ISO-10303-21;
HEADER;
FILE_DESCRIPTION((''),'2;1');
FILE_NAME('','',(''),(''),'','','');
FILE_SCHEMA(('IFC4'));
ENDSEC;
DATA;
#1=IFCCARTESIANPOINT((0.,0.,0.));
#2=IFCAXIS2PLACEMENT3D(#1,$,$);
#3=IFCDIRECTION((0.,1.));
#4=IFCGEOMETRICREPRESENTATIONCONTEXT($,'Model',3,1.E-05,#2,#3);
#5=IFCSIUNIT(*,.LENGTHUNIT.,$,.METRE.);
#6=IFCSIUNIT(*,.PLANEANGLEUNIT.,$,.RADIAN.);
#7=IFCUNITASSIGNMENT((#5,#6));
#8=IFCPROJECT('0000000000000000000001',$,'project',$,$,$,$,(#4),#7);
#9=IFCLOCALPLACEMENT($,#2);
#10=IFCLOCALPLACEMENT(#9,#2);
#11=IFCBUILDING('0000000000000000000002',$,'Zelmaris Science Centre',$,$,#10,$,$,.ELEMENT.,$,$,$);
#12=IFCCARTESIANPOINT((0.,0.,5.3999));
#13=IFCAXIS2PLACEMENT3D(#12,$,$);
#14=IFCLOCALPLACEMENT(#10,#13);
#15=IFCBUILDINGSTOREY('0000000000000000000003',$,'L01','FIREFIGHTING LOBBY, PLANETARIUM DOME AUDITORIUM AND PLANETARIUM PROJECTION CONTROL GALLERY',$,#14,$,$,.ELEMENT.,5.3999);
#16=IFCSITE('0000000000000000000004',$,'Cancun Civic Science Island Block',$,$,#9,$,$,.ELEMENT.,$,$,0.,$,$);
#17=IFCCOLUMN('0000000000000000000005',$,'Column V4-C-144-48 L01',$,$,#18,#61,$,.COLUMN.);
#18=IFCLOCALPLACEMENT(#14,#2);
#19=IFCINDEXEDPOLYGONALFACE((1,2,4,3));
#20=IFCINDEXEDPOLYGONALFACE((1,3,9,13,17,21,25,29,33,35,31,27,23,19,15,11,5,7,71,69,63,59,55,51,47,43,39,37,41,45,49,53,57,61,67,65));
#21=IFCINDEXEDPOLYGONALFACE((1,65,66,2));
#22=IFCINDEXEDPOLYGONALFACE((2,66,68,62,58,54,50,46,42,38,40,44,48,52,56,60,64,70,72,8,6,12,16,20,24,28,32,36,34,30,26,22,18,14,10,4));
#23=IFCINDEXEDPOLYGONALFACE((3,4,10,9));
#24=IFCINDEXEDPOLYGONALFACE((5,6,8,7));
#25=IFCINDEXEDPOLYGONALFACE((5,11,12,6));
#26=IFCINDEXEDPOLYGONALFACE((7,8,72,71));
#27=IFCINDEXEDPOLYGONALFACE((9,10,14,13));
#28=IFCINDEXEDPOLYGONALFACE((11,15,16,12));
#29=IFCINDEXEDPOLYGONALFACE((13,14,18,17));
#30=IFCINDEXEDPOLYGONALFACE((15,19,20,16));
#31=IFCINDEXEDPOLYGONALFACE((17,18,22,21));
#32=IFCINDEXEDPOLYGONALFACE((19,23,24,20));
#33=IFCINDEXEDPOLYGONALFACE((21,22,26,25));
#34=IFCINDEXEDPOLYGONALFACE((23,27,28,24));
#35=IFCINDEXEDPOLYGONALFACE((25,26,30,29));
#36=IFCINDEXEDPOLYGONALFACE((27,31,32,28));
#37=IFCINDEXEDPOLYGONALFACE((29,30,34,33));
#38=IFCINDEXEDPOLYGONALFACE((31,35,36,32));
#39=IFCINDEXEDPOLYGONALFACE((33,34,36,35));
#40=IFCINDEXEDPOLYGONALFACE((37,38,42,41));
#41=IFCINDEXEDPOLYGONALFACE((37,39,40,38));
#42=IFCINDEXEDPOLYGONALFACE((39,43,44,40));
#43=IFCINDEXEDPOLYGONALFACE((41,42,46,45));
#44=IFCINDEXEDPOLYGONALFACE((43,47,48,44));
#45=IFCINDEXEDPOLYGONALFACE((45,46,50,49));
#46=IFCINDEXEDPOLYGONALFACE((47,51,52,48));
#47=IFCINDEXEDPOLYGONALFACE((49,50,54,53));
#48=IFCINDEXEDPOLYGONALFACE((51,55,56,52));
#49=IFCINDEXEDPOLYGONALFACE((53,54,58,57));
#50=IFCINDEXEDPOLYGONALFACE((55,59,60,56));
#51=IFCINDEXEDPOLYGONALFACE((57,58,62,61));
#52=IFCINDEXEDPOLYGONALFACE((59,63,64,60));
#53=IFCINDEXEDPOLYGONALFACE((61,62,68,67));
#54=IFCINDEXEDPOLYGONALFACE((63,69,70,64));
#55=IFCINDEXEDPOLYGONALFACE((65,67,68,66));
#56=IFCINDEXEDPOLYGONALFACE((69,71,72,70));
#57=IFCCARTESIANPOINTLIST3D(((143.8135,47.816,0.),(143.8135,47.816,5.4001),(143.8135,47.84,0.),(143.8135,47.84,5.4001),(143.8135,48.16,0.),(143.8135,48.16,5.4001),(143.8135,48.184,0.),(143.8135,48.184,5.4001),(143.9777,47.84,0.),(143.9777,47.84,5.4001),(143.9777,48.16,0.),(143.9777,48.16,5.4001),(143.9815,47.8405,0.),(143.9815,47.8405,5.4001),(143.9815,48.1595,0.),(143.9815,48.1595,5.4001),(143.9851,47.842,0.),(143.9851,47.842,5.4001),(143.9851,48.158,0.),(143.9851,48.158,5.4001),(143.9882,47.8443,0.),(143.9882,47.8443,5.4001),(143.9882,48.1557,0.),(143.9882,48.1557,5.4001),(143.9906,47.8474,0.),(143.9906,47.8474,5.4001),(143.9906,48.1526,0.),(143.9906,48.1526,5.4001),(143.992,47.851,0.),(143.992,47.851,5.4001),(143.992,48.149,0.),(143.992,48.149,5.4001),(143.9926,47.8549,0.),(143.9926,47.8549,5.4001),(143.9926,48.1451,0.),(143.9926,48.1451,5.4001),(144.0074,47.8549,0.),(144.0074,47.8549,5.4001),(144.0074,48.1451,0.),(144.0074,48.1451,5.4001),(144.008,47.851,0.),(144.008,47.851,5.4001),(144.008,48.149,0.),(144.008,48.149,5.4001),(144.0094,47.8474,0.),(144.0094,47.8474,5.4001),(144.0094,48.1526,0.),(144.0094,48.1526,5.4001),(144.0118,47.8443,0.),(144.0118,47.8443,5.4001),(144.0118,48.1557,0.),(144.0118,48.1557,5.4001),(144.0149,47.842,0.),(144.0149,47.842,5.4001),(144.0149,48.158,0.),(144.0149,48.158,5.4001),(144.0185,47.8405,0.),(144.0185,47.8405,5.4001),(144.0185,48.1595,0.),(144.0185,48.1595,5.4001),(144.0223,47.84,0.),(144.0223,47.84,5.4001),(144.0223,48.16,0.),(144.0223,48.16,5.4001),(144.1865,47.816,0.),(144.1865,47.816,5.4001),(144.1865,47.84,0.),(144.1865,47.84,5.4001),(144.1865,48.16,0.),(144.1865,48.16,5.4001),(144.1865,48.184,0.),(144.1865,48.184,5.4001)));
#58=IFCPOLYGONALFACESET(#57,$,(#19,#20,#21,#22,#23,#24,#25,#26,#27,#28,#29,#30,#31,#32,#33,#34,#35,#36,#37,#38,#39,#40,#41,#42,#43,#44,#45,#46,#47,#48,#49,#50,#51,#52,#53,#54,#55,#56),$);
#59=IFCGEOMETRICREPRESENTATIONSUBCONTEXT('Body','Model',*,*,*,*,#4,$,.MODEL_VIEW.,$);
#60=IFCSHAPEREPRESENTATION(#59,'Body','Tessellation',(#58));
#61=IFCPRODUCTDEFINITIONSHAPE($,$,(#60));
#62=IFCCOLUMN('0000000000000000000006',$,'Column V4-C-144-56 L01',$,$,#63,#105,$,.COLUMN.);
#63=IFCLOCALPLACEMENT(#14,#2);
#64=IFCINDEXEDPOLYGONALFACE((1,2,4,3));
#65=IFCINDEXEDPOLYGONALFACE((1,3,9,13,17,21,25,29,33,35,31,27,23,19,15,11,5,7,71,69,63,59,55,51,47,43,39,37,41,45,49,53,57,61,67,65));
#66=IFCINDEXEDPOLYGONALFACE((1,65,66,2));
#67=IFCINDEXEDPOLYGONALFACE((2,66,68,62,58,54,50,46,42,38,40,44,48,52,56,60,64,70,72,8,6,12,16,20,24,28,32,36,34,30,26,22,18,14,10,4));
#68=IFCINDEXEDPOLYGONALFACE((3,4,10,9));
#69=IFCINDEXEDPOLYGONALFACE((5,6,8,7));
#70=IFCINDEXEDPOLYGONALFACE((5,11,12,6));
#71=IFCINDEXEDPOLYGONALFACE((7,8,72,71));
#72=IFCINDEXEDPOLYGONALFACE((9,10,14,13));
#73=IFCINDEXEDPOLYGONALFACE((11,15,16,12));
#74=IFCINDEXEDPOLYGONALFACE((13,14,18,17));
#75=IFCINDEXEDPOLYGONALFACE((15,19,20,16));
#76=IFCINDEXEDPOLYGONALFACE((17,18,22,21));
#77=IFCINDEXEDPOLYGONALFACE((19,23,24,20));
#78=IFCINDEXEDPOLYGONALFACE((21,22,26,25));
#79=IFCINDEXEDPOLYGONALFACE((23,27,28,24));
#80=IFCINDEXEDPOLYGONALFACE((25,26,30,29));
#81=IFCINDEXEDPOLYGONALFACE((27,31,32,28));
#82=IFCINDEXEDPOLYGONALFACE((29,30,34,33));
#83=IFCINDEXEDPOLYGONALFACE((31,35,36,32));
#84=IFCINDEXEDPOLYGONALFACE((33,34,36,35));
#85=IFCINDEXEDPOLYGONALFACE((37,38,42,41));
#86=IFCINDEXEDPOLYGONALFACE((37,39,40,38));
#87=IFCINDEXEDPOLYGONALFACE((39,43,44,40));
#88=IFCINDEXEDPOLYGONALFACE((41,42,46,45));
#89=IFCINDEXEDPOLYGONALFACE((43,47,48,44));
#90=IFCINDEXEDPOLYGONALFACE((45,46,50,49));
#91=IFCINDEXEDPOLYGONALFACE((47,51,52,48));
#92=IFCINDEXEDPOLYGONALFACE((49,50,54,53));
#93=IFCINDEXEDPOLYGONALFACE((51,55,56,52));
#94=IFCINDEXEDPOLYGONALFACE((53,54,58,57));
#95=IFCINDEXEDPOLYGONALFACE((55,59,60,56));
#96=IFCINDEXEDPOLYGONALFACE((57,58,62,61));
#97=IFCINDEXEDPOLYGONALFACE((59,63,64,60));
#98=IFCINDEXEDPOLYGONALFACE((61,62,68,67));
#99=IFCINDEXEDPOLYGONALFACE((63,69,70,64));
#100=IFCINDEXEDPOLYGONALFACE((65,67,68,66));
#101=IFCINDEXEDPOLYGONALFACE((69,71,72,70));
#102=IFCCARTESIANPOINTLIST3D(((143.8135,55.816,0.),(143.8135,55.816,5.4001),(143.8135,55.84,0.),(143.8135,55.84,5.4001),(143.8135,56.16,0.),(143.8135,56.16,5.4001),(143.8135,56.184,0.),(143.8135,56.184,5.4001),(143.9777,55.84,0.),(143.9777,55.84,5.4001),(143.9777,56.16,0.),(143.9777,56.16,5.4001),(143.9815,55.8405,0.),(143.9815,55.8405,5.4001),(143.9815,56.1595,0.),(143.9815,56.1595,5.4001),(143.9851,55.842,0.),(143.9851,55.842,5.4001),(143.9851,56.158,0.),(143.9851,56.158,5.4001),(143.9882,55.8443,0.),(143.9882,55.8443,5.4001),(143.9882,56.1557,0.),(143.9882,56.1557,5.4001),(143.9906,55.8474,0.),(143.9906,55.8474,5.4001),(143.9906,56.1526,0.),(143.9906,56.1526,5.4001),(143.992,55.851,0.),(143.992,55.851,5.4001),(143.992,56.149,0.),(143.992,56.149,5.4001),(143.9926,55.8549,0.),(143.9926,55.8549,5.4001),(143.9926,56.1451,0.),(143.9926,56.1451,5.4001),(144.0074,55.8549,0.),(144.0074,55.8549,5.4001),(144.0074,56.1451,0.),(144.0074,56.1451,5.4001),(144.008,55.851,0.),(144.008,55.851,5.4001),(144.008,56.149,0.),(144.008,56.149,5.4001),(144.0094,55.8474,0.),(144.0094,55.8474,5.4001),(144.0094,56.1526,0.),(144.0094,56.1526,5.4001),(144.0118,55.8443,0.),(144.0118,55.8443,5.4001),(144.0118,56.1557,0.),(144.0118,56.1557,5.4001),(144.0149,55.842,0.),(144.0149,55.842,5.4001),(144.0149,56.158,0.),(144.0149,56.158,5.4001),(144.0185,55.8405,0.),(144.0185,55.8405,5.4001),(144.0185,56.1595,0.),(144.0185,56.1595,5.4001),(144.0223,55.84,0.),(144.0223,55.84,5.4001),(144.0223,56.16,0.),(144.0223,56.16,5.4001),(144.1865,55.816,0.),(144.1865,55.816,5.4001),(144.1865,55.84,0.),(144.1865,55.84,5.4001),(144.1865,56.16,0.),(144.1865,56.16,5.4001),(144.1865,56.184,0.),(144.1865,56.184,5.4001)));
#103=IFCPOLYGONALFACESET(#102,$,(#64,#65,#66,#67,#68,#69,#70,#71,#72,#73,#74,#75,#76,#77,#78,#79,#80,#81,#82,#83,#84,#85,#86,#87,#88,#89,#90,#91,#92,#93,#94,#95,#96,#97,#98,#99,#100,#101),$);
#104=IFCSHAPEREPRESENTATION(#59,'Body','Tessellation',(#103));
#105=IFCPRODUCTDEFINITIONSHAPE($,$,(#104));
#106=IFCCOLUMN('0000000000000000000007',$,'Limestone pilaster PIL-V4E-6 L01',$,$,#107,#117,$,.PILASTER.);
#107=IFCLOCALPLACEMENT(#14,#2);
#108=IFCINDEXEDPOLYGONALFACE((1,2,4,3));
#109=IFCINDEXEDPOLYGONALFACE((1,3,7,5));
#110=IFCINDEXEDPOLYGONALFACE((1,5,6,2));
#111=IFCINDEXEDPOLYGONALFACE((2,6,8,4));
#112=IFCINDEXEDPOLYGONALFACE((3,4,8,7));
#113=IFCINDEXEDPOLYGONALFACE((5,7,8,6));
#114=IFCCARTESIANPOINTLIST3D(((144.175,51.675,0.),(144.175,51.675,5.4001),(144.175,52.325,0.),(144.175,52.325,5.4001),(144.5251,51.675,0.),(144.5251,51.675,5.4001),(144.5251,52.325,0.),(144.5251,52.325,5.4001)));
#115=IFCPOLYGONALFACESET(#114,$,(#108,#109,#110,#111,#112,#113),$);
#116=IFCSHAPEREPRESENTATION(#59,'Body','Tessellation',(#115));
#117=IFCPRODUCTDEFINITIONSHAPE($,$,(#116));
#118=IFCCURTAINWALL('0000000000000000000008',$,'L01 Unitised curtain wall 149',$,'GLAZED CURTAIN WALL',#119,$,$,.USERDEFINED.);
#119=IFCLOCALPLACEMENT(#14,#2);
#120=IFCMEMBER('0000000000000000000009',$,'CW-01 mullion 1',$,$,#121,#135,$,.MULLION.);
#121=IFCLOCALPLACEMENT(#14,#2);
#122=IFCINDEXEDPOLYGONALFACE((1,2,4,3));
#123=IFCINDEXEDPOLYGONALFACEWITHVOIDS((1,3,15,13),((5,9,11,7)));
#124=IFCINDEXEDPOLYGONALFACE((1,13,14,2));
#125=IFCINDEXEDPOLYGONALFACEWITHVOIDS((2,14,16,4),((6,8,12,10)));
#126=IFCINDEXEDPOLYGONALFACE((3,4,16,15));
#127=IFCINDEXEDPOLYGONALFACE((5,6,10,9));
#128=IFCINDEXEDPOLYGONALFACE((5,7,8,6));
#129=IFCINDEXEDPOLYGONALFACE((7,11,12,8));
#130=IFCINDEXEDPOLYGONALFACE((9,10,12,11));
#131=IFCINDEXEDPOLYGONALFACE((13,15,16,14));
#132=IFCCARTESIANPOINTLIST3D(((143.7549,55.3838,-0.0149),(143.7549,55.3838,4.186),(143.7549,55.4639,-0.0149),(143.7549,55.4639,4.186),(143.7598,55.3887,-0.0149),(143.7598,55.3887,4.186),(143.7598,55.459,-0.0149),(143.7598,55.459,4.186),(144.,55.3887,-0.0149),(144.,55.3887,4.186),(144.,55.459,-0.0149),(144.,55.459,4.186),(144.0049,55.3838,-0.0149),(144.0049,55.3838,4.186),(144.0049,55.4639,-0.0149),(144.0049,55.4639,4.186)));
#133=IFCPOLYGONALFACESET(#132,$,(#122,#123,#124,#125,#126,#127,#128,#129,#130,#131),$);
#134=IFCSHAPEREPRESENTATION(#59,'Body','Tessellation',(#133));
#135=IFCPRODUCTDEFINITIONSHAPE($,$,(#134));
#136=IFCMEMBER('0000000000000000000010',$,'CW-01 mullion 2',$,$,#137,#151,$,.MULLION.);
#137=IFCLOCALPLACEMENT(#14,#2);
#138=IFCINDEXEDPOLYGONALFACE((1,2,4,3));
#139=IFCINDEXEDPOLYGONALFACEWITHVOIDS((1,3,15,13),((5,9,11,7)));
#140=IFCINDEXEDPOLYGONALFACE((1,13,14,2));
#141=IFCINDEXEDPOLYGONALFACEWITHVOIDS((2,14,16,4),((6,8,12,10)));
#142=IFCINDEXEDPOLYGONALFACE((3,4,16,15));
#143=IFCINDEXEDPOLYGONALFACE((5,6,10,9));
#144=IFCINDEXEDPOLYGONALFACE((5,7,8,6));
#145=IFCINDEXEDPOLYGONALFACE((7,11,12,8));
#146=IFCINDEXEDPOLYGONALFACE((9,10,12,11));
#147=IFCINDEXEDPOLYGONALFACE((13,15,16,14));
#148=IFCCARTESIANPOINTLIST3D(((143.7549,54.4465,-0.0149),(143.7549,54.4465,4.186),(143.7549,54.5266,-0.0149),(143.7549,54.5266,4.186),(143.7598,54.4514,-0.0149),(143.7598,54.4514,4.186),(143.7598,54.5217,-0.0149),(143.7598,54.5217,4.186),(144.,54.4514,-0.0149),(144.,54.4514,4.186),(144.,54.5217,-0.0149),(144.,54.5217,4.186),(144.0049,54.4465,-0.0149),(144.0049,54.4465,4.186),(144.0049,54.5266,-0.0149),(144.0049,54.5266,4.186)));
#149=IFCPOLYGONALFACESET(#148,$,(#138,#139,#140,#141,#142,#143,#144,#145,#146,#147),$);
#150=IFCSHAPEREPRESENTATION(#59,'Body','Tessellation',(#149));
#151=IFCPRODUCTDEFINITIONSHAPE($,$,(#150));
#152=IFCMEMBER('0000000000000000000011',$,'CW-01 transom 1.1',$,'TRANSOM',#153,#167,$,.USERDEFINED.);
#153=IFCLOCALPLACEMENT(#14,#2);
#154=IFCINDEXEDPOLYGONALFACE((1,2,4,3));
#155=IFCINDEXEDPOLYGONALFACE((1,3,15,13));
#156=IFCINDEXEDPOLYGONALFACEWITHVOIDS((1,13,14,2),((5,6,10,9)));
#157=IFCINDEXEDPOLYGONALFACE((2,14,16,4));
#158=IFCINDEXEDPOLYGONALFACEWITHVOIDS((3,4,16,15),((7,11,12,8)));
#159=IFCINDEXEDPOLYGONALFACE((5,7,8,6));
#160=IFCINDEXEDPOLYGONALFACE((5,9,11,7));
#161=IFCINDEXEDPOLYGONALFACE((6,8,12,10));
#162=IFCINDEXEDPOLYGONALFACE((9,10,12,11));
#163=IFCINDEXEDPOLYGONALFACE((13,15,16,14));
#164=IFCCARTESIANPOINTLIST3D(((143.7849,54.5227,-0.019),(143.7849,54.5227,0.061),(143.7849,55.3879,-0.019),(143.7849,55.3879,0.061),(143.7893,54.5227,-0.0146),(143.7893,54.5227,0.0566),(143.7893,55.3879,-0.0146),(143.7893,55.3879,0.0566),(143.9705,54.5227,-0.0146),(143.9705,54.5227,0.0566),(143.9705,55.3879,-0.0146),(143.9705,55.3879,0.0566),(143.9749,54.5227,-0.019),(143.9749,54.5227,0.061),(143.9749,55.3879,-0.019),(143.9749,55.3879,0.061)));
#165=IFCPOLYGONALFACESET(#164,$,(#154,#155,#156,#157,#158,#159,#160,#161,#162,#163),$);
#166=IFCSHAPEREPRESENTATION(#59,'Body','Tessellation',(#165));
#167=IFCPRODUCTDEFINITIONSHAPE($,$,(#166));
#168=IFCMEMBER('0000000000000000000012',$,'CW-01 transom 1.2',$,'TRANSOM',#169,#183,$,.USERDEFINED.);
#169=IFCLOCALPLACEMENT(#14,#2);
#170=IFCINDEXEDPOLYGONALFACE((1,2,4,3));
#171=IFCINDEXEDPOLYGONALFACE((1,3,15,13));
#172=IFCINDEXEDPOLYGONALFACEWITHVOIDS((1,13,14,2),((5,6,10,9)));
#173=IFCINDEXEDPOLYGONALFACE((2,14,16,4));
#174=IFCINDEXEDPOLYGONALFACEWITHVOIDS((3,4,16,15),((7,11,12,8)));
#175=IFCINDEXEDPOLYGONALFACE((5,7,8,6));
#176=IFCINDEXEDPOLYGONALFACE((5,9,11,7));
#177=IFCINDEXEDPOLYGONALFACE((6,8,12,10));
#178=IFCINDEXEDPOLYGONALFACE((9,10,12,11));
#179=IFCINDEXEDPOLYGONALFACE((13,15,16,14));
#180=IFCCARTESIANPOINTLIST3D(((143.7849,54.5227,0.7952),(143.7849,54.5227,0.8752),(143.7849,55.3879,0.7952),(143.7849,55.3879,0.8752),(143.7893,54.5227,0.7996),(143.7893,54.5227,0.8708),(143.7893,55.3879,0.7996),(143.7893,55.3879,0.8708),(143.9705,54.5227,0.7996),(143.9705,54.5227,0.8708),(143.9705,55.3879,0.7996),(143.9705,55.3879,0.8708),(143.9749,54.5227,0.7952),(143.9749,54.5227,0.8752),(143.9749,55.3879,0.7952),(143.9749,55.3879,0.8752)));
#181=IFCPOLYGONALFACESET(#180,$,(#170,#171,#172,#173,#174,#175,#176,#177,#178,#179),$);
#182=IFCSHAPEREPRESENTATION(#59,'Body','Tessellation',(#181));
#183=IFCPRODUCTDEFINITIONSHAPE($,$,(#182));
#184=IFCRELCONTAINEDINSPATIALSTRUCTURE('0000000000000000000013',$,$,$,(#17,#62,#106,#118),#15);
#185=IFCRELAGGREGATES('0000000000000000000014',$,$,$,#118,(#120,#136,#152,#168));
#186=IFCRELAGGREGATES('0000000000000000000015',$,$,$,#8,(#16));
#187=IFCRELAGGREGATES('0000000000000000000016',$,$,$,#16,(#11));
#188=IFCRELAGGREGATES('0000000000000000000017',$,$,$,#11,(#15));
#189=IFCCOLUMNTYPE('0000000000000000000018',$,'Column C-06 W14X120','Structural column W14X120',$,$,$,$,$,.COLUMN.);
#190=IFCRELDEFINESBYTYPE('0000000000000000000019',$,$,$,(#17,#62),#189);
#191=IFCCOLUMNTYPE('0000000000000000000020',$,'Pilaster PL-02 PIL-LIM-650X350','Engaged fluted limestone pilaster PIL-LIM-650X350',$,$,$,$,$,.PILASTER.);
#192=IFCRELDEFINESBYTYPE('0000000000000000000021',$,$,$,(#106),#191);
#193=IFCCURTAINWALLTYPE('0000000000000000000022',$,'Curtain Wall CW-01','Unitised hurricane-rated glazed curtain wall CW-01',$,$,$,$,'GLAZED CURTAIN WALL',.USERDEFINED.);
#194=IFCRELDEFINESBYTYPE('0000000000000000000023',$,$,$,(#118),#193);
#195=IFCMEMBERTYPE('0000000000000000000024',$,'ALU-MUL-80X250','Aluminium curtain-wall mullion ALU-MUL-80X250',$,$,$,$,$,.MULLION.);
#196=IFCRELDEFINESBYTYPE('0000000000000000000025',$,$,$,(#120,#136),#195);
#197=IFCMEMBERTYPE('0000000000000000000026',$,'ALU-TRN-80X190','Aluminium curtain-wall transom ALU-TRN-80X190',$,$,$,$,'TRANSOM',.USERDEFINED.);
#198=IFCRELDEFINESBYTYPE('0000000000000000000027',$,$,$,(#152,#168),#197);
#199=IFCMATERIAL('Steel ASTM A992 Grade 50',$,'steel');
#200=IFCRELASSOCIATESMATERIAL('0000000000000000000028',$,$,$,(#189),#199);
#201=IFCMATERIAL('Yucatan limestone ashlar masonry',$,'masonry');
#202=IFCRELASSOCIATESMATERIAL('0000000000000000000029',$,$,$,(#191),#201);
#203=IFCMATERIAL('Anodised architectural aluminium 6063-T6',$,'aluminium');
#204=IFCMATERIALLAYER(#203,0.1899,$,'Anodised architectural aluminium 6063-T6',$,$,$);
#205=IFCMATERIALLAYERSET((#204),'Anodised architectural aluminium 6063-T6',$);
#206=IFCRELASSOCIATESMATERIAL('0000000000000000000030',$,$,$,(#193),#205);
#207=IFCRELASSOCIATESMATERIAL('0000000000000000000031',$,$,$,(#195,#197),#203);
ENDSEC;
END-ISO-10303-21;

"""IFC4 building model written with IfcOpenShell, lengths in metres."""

from ifc_helpers import new_model, si_unit, direction, frame, origin, origin_2d, place, context, subcontext, project, spatial, rectangle, hollow_rectangle, i_section, extrude, material, layer, layer_set, material_profile, profile_set, type_object, element, aggregate, save


model = new_model("IFC4")

# Units and contexts
model_context = context("Model", 3, precision=1e-05, world=origin(), true_north=direction((0.0, 1.0)))
body_context = subcontext(model_context, "Body", "Model", "MODEL_VIEW")
ifc_project = project(units=[si_unit("LENGTHUNIT", "METRE"), si_unit("PLANEANGLEUNIT", "RADIAN")], contexts=[model_context])

# Site, building, storey
site_placement = place(None, origin())
site = spatial("IfcSite", under=ifc_project, at=site_placement, Name="Cancun Civic Science Island Block", CompositionType="ELEMENT", RefElevation=0.0)
building_placement = place(site_placement, origin())
building = spatial("IfcBuilding", under=site, at=building_placement, Name="Zelmaris Science Centre", CompositionType="ELEMENT")
storey_placement = place(building_placement, frame((0.0, 0.0, 5.3999)))
storey = spatial("IfcBuildingStorey", under=building, at=storey_placement, Name="L01", Description="FIREFIGHTING LOBBY, PLANETARIUM DOME AUDITORIUM AND PLANETARIUM PROJECTION CONTROL GALLERY", CompositionType="ELEMENT", Elevation=5.3999)

# Columns
ifc_material_1 = material(Name="Steel ASTM A992 Grade 50", Category="steel")
ifc_material_profile_1 = material_profile(ifc_material_1, i_section(OverallWidth=0.373, OverallDepth=0.3679, WebThickness=0.0149, FlangeThickness=0.0239, FilletRadius=0.0149, at=origin_2d()), Name="W14X120")
ifc_profile_set_1 = profile_set([ifc_material_profile_1], Name="Steel ASTM A992 Grade 50")
column_type_1 = type_object("IfcColumnType", Name="Column C-06 W14X120", Description="Structural column W14X120", PredefinedType="COLUMN", material=ifc_profile_set_1)
for number, where, z_axis, x_axis, name in (
    (1, (144.0, 48.0, 0.0), (0.0, 0.0, 1.0), (1.0, 0.0, 0.0), "Column V4-C-144-48 L01"),
    (2, (144.0, 56.0, 0.0), (0.0, 0.0, 1.0), (1.0, 0.0, 0.0), "Column V4-C-144-56 L01"),
):
    element("IfcColumn", number, at=place(storey_placement, frame(where, z_axis=z_axis, x_axis=x_axis)), inside=storey, type_object=column_type_1, Name=name, PredefinedType="COLUMN", context=body_context, shape_type="SweptSolid", body=[
        extrude(i_section(OverallWidth=0.373, OverallDepth=0.3679, WebThickness=0.0149, FlangeThickness=0.0239, FilletRadius=0.0149, at=origin_2d()), origin(), (0.0, 0.0, 1.0), 5.4001),
    ])
ifc_material_2 = material(Name="Yucatan limestone ashlar masonry", Category="masonry")
ifc_material_profile_2 = material_profile(ifc_material_2, rectangle(XDim=0.6499, YDim=0.3501, at=origin_2d()), Name="PIL-LIM-650X350")
ifc_profile_set_2 = profile_set([ifc_material_profile_2], Name="Yucatan limestone ashlar masonry")
column_type_2 = type_object("IfcColumnType", Name="Pilaster PL-02 PIL-LIM-650X350", Description="Engaged fluted limestone pilaster PIL-LIM-650X350", PredefinedType="PILASTER", material=ifc_profile_set_2)
column_placement = place(storey_placement, frame((144.3501, 52.0, 0.0), z_axis=(0.0, 0.0, 1.0), x_axis=(0.0, 1.0, 0.0)))
element("IfcColumn", 3, at=column_placement, inside=storey, type_object=column_type_2, Name="Limestone pilaster PIL-V4E-6 L01", PredefinedType="PILASTER", context=body_context, shape_type="SweptSolid", body=[
    extrude(rectangle(XDim=0.6499, YDim=0.3501, at=origin_2d()), origin(), (0.0, 0.0, 1.0), 5.4001),
])

# Curtain wall, members
ifc_material_3 = material(Name="Anodised architectural aluminium 6063-T6", Category="aluminium")
ifc_layer_1 = layer(ifc_material_3, 0.1899, Name="Anodised architectural aluminium 6063-T6")
ifc_layer_set_1 = layer_set([ifc_layer_1], Name="Anodised architectural aluminium 6063-T6")
curtain_wall_type = type_object("IfcCurtainWallType", Name="Curtain Wall CW-01", Description="Unitised hurricane-rated glazed curtain wall CW-01", ElementType="GLAZED CURTAIN WALL", PredefinedType="USERDEFINED", material=ifc_layer_set_1)
curtain_wall_placement = place(storey_placement, origin())
curtain_wall = element("IfcCurtainWall", 4, at=curtain_wall_placement, inside=storey, type_object=curtain_wall_type, Name="L01 Unitised curtain wall 149", ObjectType="GLAZED CURTAIN WALL", PredefinedType="USERDEFINED")
ifc_material_profile_3 = material_profile(ifc_material_3, hollow_rectangle(XDim=0.0801, YDim=0.25, WallThickness=0.0049, at=origin_2d()), Name="ALU-MUL-80X250")
ifc_profile_set_3 = profile_set([ifc_material_profile_3], Name="Anodised architectural aluminium 6063-T6")
member_type_1 = type_object("IfcMemberType", Name="ALU-MUL-80X250", Description="Aluminium curtain-wall mullion ALU-MUL-80X250", PredefinedType="MULLION", material=ifc_profile_set_3)
member_1_placement = place(storey_placement, frame((143.8799, 55.4238, -0.0149), z_axis=(0.0, 0.0, 1.0), x_axis=(0.0, -1.0, 0.0)))
member_1 = element("IfcMember", 5, at=member_1_placement, type_object=member_type_1, Name="CW-01 mullion 1", PredefinedType="MULLION", context=body_context, shape_type="SweptSolid", body=[
    extrude(hollow_rectangle(XDim=0.0801, YDim=0.25, WallThickness=0.0049, at=origin_2d()), origin(), (0.0, 0.0, 1.0), 4.2009),
])
member_2_placement = place(storey_placement, frame((143.8799, 54.4866, -0.0149), z_axis=(0.0, 0.0, 1.0), x_axis=(0.0, -1.0, 0.0)))
member_2 = element("IfcMember", 6, at=member_2_placement, type_object=member_type_1, Name="CW-01 mullion 2", PredefinedType="MULLION", context=body_context, shape_type="SweptSolid", body=[
    extrude(hollow_rectangle(XDim=0.0801, YDim=0.25, WallThickness=0.0049, at=origin_2d()), origin(), (0.0, 0.0, 1.0), 4.2009),
])
ifc_material_profile_4 = material_profile(ifc_material_3, hollow_rectangle(XDim=0.0801, YDim=0.1899, WallThickness=0.0044, at=origin_2d()), Name="ALU-TRN-80X190")
ifc_profile_set_4 = profile_set([ifc_material_profile_4], Name="Anodised architectural aluminium 6063-T6")
member_type_2 = type_object("IfcMemberType", Name="ALU-TRN-80X190", Description="Aluminium curtain-wall transom ALU-TRN-80X190", ElementType="TRANSOM", PredefinedType="USERDEFINED", material=ifc_profile_set_4)
member_3_placement = place(storey_placement, frame((143.8799, 55.3879, 0.021), z_axis=(0.0, -1.0, 0.0), x_axis=(0.0, 0.0, 1.0)))
member_3 = element("IfcMember", 7, at=member_3_placement, type_object=member_type_2, Name="CW-01 transom 1.1", ObjectType="TRANSOM", PredefinedType="USERDEFINED", context=body_context, shape_type="SweptSolid", body=[
    extrude(hollow_rectangle(XDim=0.0801, YDim=0.1899, WallThickness=0.0044, at=origin_2d()), origin(), (0.0, 0.0, 1.0), 0.8652),
])
member_4_placement = place(storey_placement, frame((143.8799, 55.3879, 0.8352), z_axis=(0.0, -1.0, 0.0), x_axis=(0.0, 0.0, 1.0)))
member_4 = element("IfcMember", 8, at=member_4_placement, type_object=member_type_2, Name="CW-01 transom 1.2", ObjectType="TRANSOM", PredefinedType="USERDEFINED", context=body_context, shape_type="SweptSolid", body=[
    extrude(hollow_rectangle(XDim=0.0801, YDim=0.1899, WallThickness=0.0044, at=origin_2d()), origin(), (0.0, 0.0, 1.0), 0.8652),
])

aggregate(curtain_wall, [member_1, member_2, member_3, member_4])

save(model, "model.ifc")
